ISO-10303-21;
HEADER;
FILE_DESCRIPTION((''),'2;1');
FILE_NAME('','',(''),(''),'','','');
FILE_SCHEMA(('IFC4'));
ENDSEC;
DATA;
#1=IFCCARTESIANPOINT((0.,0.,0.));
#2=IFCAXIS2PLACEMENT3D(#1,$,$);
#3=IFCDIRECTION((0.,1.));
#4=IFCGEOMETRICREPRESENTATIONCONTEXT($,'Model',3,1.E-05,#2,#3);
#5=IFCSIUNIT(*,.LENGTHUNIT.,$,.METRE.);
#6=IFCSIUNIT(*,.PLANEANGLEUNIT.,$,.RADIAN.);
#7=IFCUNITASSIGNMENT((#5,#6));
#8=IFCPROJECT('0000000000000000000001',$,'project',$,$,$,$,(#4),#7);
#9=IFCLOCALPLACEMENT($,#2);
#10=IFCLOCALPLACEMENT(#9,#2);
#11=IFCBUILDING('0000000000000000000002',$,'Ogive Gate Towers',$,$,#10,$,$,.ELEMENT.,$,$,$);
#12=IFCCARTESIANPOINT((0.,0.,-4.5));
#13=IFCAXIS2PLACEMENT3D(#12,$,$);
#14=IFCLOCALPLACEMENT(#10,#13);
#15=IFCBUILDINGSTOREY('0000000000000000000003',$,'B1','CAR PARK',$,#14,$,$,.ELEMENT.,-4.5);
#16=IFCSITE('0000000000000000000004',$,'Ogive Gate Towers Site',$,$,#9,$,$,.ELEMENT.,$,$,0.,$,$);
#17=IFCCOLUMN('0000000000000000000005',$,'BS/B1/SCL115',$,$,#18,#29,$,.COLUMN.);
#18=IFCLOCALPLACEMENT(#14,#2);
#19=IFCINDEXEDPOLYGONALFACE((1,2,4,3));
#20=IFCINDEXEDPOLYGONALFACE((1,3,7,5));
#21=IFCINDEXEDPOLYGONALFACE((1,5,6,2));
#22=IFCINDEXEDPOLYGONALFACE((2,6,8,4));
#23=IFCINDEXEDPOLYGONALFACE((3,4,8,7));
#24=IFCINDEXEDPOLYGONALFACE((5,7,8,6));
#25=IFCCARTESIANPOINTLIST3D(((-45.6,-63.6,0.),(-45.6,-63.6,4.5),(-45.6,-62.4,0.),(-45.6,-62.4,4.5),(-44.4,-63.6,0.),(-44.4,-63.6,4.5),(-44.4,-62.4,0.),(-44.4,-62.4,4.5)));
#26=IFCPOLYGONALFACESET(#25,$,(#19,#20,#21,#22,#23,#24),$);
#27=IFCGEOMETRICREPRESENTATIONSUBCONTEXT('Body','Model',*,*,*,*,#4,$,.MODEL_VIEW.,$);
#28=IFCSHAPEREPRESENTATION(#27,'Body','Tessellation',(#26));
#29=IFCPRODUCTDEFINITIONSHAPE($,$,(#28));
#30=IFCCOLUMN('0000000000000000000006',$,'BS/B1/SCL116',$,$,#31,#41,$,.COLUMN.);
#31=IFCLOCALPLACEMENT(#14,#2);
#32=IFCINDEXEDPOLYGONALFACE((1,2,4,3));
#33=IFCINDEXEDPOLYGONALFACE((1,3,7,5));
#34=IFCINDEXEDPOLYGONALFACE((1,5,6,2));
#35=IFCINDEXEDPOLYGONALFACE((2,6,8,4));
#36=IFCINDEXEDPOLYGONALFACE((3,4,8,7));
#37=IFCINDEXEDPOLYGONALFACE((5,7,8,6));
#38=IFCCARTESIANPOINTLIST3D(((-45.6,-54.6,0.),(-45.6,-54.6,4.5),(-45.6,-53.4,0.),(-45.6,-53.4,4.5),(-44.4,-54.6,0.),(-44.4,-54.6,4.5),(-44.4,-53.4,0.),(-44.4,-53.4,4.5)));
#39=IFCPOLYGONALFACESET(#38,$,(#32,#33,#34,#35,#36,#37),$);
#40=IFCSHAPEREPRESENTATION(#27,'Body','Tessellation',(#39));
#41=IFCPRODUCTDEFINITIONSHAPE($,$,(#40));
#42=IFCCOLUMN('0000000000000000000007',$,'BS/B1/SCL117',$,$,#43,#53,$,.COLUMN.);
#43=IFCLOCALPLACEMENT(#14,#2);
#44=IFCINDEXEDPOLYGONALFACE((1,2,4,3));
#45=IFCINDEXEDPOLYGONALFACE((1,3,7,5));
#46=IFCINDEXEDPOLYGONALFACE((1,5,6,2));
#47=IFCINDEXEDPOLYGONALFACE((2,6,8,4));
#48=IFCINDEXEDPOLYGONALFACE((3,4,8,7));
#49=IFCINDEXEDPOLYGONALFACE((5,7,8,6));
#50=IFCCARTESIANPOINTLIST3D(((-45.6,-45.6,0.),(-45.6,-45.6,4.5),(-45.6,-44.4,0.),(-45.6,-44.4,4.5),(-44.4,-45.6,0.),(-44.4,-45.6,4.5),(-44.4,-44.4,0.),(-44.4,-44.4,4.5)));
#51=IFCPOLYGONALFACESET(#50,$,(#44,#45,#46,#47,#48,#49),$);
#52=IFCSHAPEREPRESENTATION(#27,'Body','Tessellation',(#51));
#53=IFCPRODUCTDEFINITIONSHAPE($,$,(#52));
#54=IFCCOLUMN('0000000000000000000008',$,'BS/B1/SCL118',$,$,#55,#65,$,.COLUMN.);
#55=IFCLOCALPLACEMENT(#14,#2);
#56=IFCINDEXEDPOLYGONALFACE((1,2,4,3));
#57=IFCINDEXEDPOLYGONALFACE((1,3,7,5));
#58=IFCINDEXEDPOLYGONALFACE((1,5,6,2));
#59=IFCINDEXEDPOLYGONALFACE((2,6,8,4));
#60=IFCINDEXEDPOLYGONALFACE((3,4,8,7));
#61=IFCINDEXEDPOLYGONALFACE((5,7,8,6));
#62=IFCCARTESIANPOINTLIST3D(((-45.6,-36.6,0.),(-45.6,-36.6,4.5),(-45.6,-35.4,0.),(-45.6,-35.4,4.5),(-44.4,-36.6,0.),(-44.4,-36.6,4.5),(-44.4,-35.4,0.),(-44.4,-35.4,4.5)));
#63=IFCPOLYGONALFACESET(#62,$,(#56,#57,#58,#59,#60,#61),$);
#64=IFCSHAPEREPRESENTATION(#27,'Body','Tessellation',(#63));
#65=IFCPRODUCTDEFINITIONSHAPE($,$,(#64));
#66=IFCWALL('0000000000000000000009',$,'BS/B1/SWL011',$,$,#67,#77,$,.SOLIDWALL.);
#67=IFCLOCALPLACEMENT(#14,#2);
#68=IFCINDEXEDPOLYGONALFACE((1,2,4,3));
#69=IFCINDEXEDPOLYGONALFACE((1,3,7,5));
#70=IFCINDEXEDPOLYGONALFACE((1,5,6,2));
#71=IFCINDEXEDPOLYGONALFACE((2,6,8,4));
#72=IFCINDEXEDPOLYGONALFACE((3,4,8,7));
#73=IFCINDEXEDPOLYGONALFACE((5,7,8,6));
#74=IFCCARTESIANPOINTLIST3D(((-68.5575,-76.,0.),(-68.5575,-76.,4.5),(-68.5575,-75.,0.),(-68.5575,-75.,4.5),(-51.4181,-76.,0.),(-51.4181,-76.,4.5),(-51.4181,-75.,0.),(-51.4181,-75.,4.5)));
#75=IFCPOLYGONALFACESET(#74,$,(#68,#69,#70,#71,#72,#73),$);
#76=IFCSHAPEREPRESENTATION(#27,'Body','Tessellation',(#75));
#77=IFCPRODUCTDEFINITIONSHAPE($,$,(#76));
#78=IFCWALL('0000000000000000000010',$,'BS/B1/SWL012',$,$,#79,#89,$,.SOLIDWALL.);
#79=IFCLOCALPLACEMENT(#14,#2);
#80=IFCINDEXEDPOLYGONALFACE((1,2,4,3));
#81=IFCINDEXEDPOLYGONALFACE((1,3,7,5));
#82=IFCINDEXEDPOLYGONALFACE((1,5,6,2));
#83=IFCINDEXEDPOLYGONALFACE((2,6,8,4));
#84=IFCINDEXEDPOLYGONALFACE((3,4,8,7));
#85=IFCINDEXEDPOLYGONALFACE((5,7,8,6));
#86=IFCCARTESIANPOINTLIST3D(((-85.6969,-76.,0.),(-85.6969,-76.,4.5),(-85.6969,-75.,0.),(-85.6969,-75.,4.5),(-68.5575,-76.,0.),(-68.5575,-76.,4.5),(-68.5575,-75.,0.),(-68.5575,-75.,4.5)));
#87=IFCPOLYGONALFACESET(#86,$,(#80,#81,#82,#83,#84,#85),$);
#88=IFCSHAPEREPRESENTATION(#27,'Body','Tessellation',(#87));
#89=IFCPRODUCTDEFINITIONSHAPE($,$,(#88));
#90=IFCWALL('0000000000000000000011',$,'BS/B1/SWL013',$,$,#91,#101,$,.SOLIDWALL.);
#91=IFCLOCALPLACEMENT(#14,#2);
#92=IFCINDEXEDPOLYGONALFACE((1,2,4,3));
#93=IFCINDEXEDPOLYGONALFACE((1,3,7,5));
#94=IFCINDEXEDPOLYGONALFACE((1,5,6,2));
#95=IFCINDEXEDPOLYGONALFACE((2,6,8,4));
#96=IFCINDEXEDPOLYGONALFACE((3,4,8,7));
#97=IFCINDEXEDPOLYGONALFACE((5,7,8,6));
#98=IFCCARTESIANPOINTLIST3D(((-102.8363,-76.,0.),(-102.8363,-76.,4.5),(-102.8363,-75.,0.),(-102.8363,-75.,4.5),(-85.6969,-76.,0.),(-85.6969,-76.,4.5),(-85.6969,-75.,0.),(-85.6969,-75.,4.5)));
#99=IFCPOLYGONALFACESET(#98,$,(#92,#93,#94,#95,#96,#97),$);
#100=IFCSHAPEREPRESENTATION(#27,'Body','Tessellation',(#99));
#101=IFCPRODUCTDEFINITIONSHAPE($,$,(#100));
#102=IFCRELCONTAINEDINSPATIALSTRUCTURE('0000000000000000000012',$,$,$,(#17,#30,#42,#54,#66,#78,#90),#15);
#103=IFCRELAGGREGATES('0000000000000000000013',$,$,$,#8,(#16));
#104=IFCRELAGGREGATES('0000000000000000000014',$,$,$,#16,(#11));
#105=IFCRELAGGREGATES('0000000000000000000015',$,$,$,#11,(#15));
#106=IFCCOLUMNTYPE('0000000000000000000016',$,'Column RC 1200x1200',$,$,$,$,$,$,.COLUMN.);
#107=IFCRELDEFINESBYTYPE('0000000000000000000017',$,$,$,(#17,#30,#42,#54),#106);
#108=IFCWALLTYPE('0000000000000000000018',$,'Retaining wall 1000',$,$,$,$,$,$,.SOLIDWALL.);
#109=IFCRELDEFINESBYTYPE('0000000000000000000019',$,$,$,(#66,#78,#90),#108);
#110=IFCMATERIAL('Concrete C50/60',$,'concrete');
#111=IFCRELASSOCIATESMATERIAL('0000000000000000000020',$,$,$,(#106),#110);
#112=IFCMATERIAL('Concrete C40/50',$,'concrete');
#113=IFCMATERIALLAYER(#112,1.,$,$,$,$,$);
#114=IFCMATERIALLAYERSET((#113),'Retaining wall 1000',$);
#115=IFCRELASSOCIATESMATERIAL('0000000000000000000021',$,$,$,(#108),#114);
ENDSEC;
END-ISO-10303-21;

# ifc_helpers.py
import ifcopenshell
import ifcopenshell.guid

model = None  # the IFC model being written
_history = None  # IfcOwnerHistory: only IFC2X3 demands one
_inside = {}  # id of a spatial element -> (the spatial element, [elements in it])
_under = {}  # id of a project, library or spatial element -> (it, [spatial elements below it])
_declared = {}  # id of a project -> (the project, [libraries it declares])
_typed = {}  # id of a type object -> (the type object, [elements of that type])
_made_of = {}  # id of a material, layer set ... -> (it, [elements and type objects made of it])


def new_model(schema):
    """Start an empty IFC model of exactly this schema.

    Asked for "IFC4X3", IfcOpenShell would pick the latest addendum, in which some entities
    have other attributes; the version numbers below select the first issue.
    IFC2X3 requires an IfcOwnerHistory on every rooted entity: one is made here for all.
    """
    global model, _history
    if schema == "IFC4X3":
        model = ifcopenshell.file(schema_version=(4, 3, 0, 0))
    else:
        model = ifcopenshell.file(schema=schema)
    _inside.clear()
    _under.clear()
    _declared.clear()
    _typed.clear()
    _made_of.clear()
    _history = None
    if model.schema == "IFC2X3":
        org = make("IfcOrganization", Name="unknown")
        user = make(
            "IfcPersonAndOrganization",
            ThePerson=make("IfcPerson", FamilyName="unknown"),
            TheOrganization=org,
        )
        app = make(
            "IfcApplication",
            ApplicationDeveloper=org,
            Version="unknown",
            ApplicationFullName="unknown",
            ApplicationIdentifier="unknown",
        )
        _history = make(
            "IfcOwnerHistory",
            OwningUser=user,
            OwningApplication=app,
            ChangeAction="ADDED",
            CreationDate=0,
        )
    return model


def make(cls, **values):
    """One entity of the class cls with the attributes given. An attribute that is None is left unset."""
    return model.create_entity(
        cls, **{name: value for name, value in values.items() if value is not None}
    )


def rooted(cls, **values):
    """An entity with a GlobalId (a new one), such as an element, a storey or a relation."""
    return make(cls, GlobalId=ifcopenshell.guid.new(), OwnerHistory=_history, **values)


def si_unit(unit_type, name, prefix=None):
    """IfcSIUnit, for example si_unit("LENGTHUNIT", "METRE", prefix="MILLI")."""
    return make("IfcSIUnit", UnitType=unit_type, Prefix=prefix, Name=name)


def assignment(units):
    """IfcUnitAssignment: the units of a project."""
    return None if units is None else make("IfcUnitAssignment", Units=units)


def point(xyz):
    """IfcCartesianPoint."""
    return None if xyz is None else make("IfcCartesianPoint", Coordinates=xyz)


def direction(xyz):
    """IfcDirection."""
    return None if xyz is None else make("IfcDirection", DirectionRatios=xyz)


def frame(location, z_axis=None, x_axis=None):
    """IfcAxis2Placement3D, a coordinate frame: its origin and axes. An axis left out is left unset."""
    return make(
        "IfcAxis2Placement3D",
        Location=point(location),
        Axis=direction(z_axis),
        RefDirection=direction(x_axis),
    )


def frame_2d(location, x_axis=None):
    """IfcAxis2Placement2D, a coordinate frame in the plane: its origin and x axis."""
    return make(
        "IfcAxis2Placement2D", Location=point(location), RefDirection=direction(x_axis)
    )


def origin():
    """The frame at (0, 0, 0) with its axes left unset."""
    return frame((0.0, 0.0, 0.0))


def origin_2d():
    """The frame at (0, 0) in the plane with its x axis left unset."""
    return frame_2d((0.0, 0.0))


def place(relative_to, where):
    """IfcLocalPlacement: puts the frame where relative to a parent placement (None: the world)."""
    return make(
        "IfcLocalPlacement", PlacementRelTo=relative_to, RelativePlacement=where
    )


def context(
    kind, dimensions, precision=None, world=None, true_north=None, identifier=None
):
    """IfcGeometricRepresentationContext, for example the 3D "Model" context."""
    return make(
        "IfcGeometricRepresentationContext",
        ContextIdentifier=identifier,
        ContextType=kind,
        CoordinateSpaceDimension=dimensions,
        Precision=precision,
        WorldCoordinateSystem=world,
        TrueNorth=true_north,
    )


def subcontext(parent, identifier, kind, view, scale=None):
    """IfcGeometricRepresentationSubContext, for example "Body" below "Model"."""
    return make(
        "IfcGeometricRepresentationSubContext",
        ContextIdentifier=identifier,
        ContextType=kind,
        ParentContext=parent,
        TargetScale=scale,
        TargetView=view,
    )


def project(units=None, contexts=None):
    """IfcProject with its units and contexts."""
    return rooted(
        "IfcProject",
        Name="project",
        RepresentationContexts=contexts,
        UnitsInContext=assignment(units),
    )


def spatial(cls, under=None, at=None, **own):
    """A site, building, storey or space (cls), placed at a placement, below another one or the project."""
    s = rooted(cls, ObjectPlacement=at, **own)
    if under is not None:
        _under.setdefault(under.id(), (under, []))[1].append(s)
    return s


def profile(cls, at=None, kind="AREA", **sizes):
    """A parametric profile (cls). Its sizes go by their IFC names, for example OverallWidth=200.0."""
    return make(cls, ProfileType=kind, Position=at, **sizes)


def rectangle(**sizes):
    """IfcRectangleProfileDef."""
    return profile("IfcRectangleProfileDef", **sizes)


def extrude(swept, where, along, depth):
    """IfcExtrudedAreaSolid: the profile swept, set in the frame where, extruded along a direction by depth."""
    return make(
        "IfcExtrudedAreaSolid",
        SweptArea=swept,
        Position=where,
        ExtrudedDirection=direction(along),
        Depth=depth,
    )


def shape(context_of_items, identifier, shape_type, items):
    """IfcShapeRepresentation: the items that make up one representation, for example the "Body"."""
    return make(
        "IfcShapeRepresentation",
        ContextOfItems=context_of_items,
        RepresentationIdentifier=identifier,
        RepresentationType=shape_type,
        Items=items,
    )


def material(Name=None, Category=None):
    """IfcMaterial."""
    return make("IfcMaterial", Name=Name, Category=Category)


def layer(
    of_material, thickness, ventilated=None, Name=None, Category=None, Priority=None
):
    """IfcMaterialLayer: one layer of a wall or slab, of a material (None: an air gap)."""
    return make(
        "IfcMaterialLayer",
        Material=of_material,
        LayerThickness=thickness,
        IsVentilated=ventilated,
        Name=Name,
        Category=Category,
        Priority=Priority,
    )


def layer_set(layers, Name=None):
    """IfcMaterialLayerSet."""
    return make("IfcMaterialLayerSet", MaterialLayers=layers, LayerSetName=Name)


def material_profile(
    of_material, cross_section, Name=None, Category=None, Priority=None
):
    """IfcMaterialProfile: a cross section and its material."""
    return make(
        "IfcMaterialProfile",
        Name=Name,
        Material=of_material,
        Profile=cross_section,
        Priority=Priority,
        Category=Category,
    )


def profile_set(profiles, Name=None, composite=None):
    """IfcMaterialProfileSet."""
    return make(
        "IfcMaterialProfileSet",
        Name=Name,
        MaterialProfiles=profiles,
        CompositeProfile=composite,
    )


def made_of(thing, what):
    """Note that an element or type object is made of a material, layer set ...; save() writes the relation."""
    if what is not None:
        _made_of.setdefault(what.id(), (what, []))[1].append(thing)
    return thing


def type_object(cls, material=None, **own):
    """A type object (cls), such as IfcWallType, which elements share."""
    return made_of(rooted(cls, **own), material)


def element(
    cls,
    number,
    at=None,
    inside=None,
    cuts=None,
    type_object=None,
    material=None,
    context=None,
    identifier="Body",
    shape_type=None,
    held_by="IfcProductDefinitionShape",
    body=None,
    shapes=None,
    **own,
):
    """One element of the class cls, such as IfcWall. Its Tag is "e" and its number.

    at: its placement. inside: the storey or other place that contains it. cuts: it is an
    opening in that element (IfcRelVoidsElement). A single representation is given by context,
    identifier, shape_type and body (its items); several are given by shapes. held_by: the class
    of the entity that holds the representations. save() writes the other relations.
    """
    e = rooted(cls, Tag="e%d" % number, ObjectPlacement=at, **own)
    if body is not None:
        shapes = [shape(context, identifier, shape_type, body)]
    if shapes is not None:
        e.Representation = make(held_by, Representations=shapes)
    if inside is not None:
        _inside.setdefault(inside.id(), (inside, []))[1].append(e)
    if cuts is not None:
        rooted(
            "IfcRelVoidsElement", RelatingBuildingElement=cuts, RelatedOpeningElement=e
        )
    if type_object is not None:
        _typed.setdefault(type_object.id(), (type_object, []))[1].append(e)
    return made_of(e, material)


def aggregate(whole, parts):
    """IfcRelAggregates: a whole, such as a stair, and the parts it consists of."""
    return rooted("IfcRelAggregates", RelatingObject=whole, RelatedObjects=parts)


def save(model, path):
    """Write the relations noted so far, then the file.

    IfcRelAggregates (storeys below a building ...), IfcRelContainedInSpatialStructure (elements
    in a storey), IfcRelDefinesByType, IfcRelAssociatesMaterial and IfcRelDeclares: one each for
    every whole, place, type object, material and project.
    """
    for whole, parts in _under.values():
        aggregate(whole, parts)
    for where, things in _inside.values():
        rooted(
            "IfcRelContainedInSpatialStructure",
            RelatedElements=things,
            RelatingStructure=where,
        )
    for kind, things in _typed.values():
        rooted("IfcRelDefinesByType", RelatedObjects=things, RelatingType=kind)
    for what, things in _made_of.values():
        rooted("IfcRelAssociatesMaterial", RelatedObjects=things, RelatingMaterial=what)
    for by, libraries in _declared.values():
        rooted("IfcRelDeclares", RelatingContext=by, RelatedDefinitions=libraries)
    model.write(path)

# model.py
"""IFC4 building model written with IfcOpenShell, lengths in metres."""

from ifc_helpers import new_model, si_unit, direction, frame, frame_2d, origin, origin_2d, place, context, subcontext, project, spatial, rectangle, extrude, material, layer, layer_set, material_profile, profile_set, type_object, element, save


model = new_model("IFC4")

# Units and contexts
model_context = context("Model", 3, precision=1e-05, world=origin(), true_north=direction((0.0, 1.0)))
body_context = subcontext(model_context, "Body", "Model", "MODEL_VIEW")
ifc_project = project(units=[si_unit("LENGTHUNIT", "METRE"), si_unit("PLANEANGLEUNIT", "RADIAN")], contexts=[model_context])

# Site, building, storey
site_placement = place(None, origin())
site = spatial("IfcSite", under=ifc_project, at=site_placement, Name="Ogive Gate Towers Site", CompositionType="ELEMENT", RefElevation=0.0)
building_placement = place(site_placement, origin())
building = spatial("IfcBuilding", under=site, at=building_placement, Name="Ogive Gate Towers", CompositionType="ELEMENT")
storey_placement = place(building_placement, frame((0.0, 0.0, -4.5)))
storey = spatial("IfcBuildingStorey", under=building, at=storey_placement, Name="B1", Description="CAR PARK", CompositionType="ELEMENT", Elevation=-4.5)

# Columns
ifc_material_1 = material(Name="Concrete C50/60", Category="concrete")
ifc_material_profile = material_profile(ifc_material_1, rectangle(XDim=1.2, YDim=1.2, at=origin_2d()), Name="RC 1200x1200")
ifc_profile_set = profile_set([ifc_material_profile], Name="Concrete C50/60")
column_type = type_object("IfcColumnType", Name="Column RC 1200x1200", PredefinedType="COLUMN", material=ifc_profile_set)
for number, where, z_axis, x_axis, name in (
    (1, (-45.0, -63.0, 0.0), (0.0, 0.0, 1.0), (1.0, 0.0, 0.0), "BS/B1/SCL115"),
    (2, (-45.0, -54.0, 0.0), (0.0, 0.0, 1.0), (1.0, 0.0, 0.0), "BS/B1/SCL116"),
    (3, (-45.0, -45.0, 0.0), (0.0, 0.0, 1.0), (1.0, 0.0, 0.0), "BS/B1/SCL117"),
    (4, (-45.0, -36.0, 0.0), (0.0, 0.0, 1.0), (1.0, 0.0, 0.0), "BS/B1/SCL118"),
):
    element("IfcColumn", number, at=place(storey_placement, frame(where, z_axis=z_axis, x_axis=x_axis)), inside=storey, type_object=column_type, Name=name, PredefinedType="COLUMN", context=body_context, shape_type="SweptSolid", body=[
        extrude(rectangle(XDim=1.2, YDim=1.2, at=origin_2d()), origin(), (0.0, 0.0, 1.0), 4.5),
    ])

# Walls
ifc_material_2 = material(Name="Concrete C40/50", Category="concrete")
ifc_layer = layer(ifc_material_2, 1.0)
ifc_layer_set = layer_set([ifc_layer], Name="Retaining wall 1000")
wall_type = type_object("IfcWallType", Name="Retaining wall 1000", PredefinedType="SOLIDWALL", material=ifc_layer_set)
for number, where, z_axis, x_axis, name in (
    (5, (-51.418, -75.5, 0.0), (0.0, 0.0, 1.0), (-1.0, 0.0, 0.0), "BS/B1/SWL011"),
    (6, (-68.5574, -75.5, 0.0), (0.0, 0.0, 1.0), (-1.0, 0.0, 0.0), "BS/B1/SWL012"),
    (7, (-85.6968, -75.5, 0.0), (0.0, 0.0, 1.0), (-1.0, 0.0, 0.0), "BS/B1/SWL013"),
):
    element("IfcWall", number, at=place(storey_placement, frame(where, z_axis=z_axis, x_axis=x_axis)), inside=storey, type_object=wall_type, Name=name, PredefinedType="SOLIDWALL", context=body_context, shape_type="SweptSolid", body=[
        extrude(rectangle(XDim=17.1394, YDim=1.0, at=frame_2d((8.5698, 0.0))), origin(), (0.0, 0.0, 1.0), 4.5),
    ])

save(model, "model.ifc")
